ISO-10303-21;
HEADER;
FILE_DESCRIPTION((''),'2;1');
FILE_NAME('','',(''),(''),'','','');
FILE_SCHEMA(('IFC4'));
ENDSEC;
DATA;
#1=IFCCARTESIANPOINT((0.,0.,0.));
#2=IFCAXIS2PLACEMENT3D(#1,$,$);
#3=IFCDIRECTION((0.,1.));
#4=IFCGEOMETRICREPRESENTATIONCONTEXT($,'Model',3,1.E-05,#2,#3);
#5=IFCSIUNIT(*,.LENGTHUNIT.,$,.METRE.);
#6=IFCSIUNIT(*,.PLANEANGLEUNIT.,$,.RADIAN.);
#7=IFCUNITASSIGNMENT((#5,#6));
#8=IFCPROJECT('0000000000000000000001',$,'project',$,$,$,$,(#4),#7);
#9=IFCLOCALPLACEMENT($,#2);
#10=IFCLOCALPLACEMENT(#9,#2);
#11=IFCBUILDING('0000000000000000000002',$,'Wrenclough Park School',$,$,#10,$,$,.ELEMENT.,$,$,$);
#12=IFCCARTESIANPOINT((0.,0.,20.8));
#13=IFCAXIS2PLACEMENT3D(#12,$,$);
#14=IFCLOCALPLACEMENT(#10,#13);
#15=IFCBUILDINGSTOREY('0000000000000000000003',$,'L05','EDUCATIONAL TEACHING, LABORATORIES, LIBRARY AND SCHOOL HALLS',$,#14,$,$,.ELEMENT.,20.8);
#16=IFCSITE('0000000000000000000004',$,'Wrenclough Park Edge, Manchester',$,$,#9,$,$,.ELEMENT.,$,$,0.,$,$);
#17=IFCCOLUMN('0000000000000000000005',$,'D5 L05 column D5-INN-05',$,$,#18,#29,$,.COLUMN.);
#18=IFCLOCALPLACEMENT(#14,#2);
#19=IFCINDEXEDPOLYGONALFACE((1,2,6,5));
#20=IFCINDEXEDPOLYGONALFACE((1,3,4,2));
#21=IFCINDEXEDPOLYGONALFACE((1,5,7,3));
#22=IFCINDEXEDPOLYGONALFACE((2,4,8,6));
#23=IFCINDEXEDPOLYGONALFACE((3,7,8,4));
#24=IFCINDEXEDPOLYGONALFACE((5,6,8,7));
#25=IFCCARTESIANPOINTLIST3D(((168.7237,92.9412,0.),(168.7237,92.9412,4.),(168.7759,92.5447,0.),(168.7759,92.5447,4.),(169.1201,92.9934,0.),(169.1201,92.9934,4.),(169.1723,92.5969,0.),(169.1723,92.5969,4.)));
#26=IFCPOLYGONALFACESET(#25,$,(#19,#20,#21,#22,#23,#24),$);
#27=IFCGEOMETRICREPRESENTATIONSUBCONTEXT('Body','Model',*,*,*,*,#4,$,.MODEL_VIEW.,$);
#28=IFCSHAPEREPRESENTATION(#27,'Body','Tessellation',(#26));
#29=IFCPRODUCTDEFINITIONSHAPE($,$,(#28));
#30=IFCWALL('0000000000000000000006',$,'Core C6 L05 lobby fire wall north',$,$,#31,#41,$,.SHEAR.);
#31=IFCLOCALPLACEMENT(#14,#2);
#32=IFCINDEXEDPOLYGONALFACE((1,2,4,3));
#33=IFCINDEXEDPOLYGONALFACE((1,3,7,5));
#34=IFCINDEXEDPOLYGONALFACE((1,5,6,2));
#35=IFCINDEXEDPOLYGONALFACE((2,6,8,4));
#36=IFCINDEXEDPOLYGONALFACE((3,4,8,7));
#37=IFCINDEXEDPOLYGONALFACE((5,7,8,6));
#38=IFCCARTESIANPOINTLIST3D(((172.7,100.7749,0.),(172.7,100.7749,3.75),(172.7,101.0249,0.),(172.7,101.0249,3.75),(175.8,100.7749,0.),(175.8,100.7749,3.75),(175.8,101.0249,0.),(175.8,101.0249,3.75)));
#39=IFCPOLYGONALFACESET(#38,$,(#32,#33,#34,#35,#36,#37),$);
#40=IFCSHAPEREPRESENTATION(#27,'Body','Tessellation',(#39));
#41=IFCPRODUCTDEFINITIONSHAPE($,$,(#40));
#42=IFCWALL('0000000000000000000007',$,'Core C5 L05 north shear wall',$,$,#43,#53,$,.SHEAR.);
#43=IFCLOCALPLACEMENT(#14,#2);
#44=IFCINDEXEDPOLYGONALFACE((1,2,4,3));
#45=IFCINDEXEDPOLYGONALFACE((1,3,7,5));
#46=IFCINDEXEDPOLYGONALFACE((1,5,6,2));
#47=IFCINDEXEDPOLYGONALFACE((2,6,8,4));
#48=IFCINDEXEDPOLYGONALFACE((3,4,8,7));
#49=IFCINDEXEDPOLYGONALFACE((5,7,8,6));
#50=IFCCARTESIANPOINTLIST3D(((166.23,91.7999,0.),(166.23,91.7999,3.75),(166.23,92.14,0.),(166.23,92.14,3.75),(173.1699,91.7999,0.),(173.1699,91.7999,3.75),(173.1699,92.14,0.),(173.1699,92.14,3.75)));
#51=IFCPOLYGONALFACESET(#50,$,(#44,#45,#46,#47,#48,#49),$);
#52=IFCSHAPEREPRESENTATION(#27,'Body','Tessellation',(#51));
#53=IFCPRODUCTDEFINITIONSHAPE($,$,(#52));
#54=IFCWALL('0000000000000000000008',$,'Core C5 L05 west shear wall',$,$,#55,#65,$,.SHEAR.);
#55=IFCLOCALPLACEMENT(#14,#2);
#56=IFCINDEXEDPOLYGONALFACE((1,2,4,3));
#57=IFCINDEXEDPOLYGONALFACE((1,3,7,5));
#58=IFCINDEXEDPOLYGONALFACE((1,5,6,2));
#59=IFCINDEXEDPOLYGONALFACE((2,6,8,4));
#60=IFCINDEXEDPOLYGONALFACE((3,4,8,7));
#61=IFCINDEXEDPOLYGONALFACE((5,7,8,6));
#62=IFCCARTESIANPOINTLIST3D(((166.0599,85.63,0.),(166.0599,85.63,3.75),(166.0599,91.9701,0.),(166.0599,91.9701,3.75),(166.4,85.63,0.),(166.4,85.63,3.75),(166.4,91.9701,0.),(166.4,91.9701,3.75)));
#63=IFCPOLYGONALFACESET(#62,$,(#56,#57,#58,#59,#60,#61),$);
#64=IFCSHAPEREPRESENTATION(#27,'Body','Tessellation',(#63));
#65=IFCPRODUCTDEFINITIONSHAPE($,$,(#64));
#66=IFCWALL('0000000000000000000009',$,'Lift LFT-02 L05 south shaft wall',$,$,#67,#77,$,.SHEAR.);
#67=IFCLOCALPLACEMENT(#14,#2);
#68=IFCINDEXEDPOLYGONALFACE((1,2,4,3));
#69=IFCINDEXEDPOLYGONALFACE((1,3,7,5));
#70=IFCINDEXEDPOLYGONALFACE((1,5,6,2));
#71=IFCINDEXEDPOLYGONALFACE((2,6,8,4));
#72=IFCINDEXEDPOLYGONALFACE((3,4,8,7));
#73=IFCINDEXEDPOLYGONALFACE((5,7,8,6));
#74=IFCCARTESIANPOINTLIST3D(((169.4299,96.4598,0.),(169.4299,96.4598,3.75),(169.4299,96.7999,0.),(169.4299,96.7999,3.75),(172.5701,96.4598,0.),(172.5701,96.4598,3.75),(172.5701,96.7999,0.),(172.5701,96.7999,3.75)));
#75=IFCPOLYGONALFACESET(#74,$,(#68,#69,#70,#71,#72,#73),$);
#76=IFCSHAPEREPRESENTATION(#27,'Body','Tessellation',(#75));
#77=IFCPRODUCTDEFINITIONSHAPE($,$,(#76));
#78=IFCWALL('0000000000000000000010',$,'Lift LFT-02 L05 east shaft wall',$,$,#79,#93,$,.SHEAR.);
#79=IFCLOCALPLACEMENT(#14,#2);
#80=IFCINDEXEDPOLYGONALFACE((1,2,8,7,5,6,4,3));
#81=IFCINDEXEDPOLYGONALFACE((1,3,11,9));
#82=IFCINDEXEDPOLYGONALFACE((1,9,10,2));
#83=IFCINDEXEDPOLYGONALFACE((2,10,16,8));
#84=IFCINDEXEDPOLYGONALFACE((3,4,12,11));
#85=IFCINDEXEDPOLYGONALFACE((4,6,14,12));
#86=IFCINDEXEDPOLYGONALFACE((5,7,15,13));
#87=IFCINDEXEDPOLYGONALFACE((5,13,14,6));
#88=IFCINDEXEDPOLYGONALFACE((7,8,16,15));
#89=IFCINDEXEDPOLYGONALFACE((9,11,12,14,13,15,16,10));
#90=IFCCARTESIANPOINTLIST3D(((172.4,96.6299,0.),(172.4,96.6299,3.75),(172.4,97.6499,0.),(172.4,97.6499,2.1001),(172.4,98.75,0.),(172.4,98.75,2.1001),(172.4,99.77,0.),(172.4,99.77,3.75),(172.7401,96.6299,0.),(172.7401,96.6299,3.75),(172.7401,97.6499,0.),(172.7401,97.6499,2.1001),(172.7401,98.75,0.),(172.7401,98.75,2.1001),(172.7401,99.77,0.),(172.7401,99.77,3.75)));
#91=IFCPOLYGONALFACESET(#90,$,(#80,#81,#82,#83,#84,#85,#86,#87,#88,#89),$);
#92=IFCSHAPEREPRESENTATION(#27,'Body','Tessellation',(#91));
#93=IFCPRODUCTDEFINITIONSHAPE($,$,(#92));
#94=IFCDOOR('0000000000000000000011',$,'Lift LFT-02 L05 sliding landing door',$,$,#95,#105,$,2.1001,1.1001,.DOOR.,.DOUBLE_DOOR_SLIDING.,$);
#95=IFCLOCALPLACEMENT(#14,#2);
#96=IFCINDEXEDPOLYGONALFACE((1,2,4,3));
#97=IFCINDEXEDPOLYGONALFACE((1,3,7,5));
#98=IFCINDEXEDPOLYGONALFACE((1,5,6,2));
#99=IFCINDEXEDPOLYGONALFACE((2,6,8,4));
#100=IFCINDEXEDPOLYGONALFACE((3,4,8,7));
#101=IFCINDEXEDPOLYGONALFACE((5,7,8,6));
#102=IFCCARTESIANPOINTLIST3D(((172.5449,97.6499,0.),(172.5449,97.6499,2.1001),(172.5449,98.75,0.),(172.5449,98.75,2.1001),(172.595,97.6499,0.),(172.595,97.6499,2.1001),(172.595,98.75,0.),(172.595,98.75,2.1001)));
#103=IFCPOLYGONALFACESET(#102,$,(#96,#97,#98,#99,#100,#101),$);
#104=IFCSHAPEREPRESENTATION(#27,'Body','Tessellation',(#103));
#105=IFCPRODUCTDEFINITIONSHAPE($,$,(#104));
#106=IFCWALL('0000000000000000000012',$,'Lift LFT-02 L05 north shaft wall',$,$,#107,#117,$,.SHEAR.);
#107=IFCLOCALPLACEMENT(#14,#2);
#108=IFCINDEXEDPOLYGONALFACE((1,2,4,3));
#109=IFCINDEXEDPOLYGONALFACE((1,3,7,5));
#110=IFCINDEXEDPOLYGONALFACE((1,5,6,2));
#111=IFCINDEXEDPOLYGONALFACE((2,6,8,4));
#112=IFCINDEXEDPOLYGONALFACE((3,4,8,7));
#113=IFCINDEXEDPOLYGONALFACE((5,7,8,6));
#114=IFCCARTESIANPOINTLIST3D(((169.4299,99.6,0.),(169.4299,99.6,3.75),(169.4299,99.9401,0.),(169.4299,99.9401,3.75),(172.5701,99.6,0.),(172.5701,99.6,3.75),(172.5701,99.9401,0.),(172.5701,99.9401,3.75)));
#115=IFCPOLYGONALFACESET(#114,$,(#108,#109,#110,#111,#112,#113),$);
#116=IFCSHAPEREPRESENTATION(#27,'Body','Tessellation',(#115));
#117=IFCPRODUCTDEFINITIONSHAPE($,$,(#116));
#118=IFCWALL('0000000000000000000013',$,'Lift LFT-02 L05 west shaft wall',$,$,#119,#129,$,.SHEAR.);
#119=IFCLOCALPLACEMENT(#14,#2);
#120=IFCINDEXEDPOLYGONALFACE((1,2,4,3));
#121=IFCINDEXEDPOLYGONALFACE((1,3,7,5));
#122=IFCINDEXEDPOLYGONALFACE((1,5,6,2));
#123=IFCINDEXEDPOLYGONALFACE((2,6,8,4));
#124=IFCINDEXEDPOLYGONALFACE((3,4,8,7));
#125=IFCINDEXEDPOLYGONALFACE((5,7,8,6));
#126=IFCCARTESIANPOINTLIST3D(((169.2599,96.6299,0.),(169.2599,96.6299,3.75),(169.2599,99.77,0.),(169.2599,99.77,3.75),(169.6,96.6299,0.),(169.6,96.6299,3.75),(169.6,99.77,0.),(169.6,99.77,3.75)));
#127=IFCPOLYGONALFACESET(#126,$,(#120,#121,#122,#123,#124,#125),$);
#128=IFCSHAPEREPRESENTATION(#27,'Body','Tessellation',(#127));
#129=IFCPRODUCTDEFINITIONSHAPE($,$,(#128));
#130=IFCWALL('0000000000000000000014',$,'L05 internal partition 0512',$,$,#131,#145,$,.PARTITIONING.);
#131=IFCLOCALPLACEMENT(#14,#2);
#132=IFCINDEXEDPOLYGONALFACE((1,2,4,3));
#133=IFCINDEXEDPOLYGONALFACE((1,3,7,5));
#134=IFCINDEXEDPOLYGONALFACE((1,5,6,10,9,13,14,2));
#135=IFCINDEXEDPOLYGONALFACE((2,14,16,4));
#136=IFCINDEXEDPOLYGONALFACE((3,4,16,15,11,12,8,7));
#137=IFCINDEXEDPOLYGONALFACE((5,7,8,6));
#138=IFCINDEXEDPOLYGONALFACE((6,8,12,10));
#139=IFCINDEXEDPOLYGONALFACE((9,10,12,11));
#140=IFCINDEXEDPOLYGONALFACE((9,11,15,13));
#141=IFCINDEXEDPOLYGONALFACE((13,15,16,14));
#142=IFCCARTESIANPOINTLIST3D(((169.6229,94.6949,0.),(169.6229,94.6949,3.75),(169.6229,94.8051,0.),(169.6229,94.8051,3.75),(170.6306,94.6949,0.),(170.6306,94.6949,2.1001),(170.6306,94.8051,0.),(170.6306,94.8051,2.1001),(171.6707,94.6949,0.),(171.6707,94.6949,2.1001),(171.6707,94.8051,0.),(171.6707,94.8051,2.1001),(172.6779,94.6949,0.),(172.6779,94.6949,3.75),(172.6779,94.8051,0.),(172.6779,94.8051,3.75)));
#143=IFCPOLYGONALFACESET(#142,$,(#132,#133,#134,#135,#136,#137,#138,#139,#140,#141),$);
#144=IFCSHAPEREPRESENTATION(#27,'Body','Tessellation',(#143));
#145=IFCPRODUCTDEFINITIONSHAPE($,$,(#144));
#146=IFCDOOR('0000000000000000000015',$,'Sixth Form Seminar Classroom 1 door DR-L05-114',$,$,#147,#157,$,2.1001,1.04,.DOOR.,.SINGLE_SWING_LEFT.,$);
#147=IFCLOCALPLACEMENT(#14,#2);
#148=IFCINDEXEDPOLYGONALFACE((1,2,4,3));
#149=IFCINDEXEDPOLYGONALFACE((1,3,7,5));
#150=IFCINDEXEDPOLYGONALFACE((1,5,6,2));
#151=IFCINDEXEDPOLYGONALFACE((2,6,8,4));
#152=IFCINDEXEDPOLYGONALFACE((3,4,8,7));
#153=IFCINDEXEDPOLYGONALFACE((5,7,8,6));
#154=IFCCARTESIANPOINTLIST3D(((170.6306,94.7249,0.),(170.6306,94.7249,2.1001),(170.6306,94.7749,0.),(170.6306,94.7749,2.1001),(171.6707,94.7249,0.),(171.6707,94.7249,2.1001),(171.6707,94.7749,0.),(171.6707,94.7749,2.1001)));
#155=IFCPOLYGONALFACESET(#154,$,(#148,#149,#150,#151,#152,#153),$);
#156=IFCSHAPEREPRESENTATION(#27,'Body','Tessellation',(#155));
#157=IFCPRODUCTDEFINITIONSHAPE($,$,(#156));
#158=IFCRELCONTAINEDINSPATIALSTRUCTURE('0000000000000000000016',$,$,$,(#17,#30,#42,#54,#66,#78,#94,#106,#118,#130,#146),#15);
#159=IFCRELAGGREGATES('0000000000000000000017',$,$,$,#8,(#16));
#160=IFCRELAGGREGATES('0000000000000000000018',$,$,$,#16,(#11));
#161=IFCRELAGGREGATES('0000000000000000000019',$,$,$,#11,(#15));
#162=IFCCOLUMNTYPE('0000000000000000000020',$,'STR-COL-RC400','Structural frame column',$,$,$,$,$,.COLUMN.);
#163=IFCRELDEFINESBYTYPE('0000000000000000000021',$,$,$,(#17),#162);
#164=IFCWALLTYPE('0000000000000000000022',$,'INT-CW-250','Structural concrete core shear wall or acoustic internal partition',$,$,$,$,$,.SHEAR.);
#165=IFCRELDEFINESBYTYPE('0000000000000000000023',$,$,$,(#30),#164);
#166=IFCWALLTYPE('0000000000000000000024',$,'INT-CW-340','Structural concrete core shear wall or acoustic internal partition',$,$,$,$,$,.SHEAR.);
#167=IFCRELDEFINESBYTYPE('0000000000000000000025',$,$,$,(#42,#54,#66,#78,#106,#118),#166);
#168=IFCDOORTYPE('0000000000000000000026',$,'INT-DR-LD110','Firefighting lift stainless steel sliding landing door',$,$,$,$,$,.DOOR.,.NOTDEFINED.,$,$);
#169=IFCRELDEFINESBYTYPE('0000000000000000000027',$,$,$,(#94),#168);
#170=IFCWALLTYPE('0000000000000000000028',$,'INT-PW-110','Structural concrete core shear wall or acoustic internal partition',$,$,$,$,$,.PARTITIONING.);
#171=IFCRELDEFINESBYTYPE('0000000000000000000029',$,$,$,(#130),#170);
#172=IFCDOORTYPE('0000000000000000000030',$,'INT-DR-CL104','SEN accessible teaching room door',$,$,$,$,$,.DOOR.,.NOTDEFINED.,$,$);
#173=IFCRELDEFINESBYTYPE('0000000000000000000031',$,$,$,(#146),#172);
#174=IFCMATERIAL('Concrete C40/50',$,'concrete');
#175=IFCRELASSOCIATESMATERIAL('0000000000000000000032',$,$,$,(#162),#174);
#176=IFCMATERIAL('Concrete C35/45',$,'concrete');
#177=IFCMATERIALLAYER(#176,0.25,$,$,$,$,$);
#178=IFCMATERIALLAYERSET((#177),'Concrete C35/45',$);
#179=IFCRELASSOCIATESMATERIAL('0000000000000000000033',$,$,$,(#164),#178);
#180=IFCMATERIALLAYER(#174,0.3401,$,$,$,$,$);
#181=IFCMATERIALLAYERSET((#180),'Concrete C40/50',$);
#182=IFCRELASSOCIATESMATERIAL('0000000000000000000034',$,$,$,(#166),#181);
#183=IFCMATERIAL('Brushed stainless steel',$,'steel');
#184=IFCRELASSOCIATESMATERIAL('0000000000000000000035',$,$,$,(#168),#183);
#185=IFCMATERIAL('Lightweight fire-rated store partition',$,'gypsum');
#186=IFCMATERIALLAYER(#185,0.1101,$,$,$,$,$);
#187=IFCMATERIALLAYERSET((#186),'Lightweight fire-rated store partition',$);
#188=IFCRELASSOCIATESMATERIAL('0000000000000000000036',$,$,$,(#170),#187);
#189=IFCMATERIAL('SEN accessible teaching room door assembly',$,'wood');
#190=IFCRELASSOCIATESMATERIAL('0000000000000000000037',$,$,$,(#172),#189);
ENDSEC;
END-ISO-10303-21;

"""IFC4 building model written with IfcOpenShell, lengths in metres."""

from ifc_helpers import new_model, si_unit, direction, frame, frame_2d, origin, origin_2d, place, context, subcontext, project, spatial, rectangle, extrude, material, layer, layer_set, material_profile, profile_set, type_object, element, fill, save


model = new_model("IFC4")

# Units and contexts
model_context = context("Model", 3, precision=1e-05, world=origin(), true_north=direction((0.0, 1.0)))
body_context = subcontext(model_context, "Body", "Model", "MODEL_VIEW")
ifc_project = project(units=[si_unit("LENGTHUNIT", "METRE"), si_unit("PLANEANGLEUNIT", "RADIAN")], contexts=[model_context])

# Site, building, storey
site_placement = place(None, origin())
site = spatial("IfcSite", under=ifc_project, at=site_placement, Name="Wrenclough Park Edge, Manchester", CompositionType="ELEMENT", RefElevation=0.0)
building_placement = place(site_placement, origin())
building = spatial("IfcBuilding", under=site, at=building_placement, Name="Wrenclough Park School", CompositionType="ELEMENT")
storey_placement = place(building_placement, frame((0.0, 0.0, 20.8)))
storey = spatial("IfcBuildingStorey", under=building, at=storey_placement, Name="L05", Description="EDUCATIONAL TEACHING, LABORATORIES, LIBRARY AND SCHOOL HALLS", CompositionType="ELEMENT", Elevation=20.8)

# Column
ifc_material_1 = material(Name="Concrete C40/50", Category="concrete")
ifc_material_profile = material_profile(ifc_material_1, rectangle(XDim=0.3999, YDim=0.3999, at=origin_2d()), Name="RC COL 400x400")
ifc_profile_set = profile_set([ifc_material_profile], Name="Concrete C40/50")
column_type = type_object("IfcColumnType", Name="STR-COL-RC400", Description="Structural frame column", PredefinedType="COLUMN", material=ifc_profile_set)
column_placement = place(storey_placement, frame((168.948, 92.769, 0.0), z_axis=(0.0, 0.0, 1.0), x_axis=(-0.991445, -0.130526, 0.0)))
element("IfcColumn", 1, at=column_placement, inside=storey, type_object=column_type, Name="D5 L05 column D5-INN-05", PredefinedType="COLUMN", context=body_context, shape_type="SweptSolid", body=[
    extrude(rectangle(XDim=0.3999, YDim=0.3999, at=origin_2d()), origin(), (0.0, 0.0, 1.0), 4.0),
])

# Shared definitions
ifc_material_2 = material(Name="Concrete C35/45", Category="concrete")
ifc_layer_1 = layer(ifc_material_2, 0.25)
ifc_layer_set_1 = layer_set([ifc_layer_1], Name="Concrete C35/45")
wall_type_1 = type_object("IfcWallType", Name="INT-CW-250", Description="Structural concrete core shear wall or acoustic internal partition", PredefinedType="SHEAR", material=ifc_layer_set_1)

# Walls
wall_1_placement = place(storey_placement, frame((175.8, 100.8999, 0.0), z_axis=(0.0, 0.0, 1.0), x_axis=(-1.0, 0.0, 0.0)))
element("IfcWall", 2, at=wall_1_placement, inside=storey, type_object=wall_type_1, Name="Core C6 L05 lobby fire wall north", PredefinedType="SHEAR", context=body_context, shape_type="SweptSolid", body=[
    extrude(rectangle(XDim=3.1001, YDim=0.25, at=frame_2d((1.55, 0.0))), origin(), (0.0, 0.0, 1.0), 3.75),
])
ifc_layer_2 = layer(ifc_material_1, 0.3401)
ifc_layer_set_2 = layer_set([ifc_layer_2], Name="Concrete C40/50")
wall_type_2 = type_object("IfcWallType", Name="INT-CW-340", Description="Structural concrete core shear wall or acoustic internal partition", PredefinedType="SHEAR", material=ifc_layer_set_2)
wall_2_placement = place(storey_placement, frame((173.1699, 91.97, 0.0), z_axis=(0.0, 0.0, 1.0), x_axis=(-1.0, 0.0, 0.0)))
element("IfcWall", 3, at=wall_2_placement, inside=storey, type_object=wall_type_2, Name="Core C5 L05 north shear wall", PredefinedType="SHEAR", context=body_context, shape_type="SweptSolid", body=[
    extrude(rectangle(XDim=6.9399, YDim=0.3401, at=frame_2d((3.47, 0.0))), origin(), (0.0, 0.0, 1.0), 3.75),
])
wall_3_placement = place(storey_placement, frame((166.23, 91.97, 0.0), z_axis=(0.0, 0.0, 1.0), x_axis=(0.0, -1.0, 0.0)))
element("IfcWall", 4, at=wall_3_placement, inside=storey, type_object=wall_type_2, Name="Core C5 L05 west shear wall", PredefinedType="SHEAR", context=body_context, shape_type="SweptSolid", body=[
    extrude(rectangle(XDim=6.3401, YDim=0.3401, at=frame_2d((3.1699, 0.0))), origin(), (0.0, 0.0, 1.0), 3.75),
])
wall_4_placement = place(storey_placement, frame((169.4299, 96.6299, 0.0), z_axis=(0.0, 0.0, 1.0), x_axis=(1.0, 0.0, 0.0)))
element("IfcWall", 5, at=wall_4_placement, inside=storey, type_object=wall_type_2, Name="Lift LFT-02 L05 south shaft wall", PredefinedType="SHEAR", context=body_context, shape_type="SweptSolid", body=[
    extrude(rectangle(XDim=3.1401, YDim=0.3401, at=frame_2d((1.5701, 0.0))), origin(), (0.0, 0.0, 1.0), 3.75),
])

# Wall, opening, door
wall_5_placement = place(storey_placement, frame((172.5701, 96.6299, 0.0), z_axis=(0.0, 0.0, 1.0), x_axis=(0.0, 1.0, 0.0)))
wall_5 = element("IfcWall", 6, at=wall_5_placement, inside=storey, type_object=wall_type_2, Name="Lift LFT-02 L05 east shaft wall", PredefinedType="SHEAR", context=body_context, shape_type="SweptSolid", body=[
    extrude(rectangle(XDim=3.1401, YDim=0.3401, at=frame_2d((1.5701, 0.0))), origin(), (0.0, 0.0, 1.0), 3.75),
])
opening_1_placement = place(wall_5_placement, frame((1.02, 0.0, 0.0)))
opening_1 = element("IfcOpeningElement", 7, at=opening_1_placement, cuts=wall_5, PredefinedType="OPENING", context=body_context, shape_type="SweptSolid", body=[
    extrude(rectangle(XDim=1.1001, YDim=2.1001, at=frame_2d((0.55, 1.05))), frame((0.0, 0.1799, 0.0), z_axis=(0.0, -1.0, 0.0), x_axis=(1.0, 0.0, 0.0)), (0.0, 0.0, 1.0), 0.3601),
])
ifc_material_3 = material(Name="Brushed stainless steel", Category="steel")
door_type_1 = type_object("IfcDoorType", Name="INT-DR-LD110", Description="Firefighting lift stainless steel sliding landing door", OperationType="NOTDEFINED", PredefinedType="DOOR", material=ifc_material_3)
door_1_placement = place(opening_1_placement, frame((1.1001, 0.0, 0.0), z_axis=(0.0, 0.0, 1.0), x_axis=(-1.0, 0.0, 0.0)))
door_1 = element("IfcDoor", 8, at=door_1_placement, inside=storey, type_object=door_type_1, Name="Lift LFT-02 L05 sliding landing door", OperationType="DOUBLE_DOOR_SLIDING", OverallHeight=2.1001, OverallWidth=1.1001, PredefinedType="DOOR", context=body_context, shape_type="SweptSolid", body=[
    extrude(rectangle(XDim=1.1001, YDim=2.1001, at=frame_2d((0.55, 1.05))), frame((0.0, 0.0249, 0.0), z_axis=(0.0, -1.0, 0.0), x_axis=(1.0, 0.0, 0.0)), (0.0, 0.0, 1.0), 0.05),
])
fill(opening_1, door_1)

# Walls
for number, where, z_axis, x_axis, name in (
    (9, (172.5701, 99.77, 0.0), (0.0, 0.0, 1.0), (-1.0, 0.0, 0.0), "Lift LFT-02 L05 north shaft wall"),
    (10, (169.4299, 99.77, 0.0), (0.0, 0.0, 1.0), (0.0, -1.0, 0.0), "Lift LFT-02 L05 west shaft wall"),
):
    element("IfcWall", number, at=place(storey_placement, frame(where, z_axis=z_axis, x_axis=x_axis)), inside=storey, type_object=wall_type_2, Name=name, PredefinedType="SHEAR", context=body_context, shape_type="SweptSolid", body=[
        extrude(rectangle(XDim=3.1401, YDim=0.3401, at=frame_2d((1.5701, 0.0))), origin(), (0.0, 0.0, 1.0), 3.75),
    ])

# Wall, opening, door
ifc_material_4 = material(Name="Lightweight fire-rated store partition", Category="gypsum")
ifc_layer_3 = layer(ifc_material_4, 0.1101)
ifc_layer_set_3 = layer_set([ifc_layer_3], Name="Lightweight fire-rated store partition")
wall_type_3 = type_object("IfcWallType", Name="INT-PW-110", Description="Structural concrete core shear wall or acoustic internal partition", PredefinedType="PARTITIONING", material=ifc_layer_set_3)
wall_6_placement = place(storey_placement, frame((169.623, 94.75, 0.0), z_axis=(0.0, 0.0, 1.0), x_axis=(1.0, 0.0, 0.0)))
wall_6 = element("IfcWall", 11, at=wall_6_placement, inside=storey, type_object=wall_type_3, Name="L05 internal partition 0512", PredefinedType="PARTITIONING", context=body_context, shape_type="SweptSolid", body=[
    extrude(rectangle(XDim=3.0549, YDim=0.1101, at=frame_2d((1.5273, 0.0))), origin(), (0.0, 0.0, 1.0), 3.75),
])
opening_2_placement = place(wall_6_placement, frame((1.0076, 0.0, 0.0)))
opening_2 = element("IfcOpeningElement", 12, at=opening_2_placement, cuts=wall_6, PredefinedType="OPENING", context=body_context, shape_type="SweptSolid", body=[
    extrude(rectangle(XDim=1.04, YDim=2.1001, at=frame_2d((0.52, 1.05))), frame((0.0, 0.0649, 0.0), z_axis=(0.0, -1.0, 0.0), x_axis=(1.0, 0.0, 0.0)), (0.0, 0.0, 1.0), 0.1301),
])
ifc_material_5 = material(Name="SEN accessible teaching room door assembly", Category="wood")
door_type_2 = type_object("IfcDoorType", Name="INT-DR-CL104", Description="SEN accessible teaching room door", OperationType="NOTDEFINED", PredefinedType="DOOR", material=ifc_material_5)
door_2_placement = place(opening_2_placement, origin())
door_2 = element("IfcDoor", 13, at=door_2_placement, inside=storey, type_object=door_type_2, Name="Sixth Form Seminar Classroom 1 door DR-L05-114", OperationType="SINGLE_SWING_LEFT", OverallHeight=2.1001, OverallWidth=1.04, PredefinedType="DOOR", context=body_context, shape_type="SweptSolid", body=[
    extrude(rectangle(XDim=1.04, YDim=2.1001, at=frame_2d((0.52, 1.05))), frame((0.0, 0.0249, 0.0), z_axis=(0.0, -1.0, 0.0), x_axis=(1.0, 0.0, 0.0)), (0.0, 0.0, 1.0), 0.05),
])
fill(opening_2, door_2)

save(model, "model.ifc")
